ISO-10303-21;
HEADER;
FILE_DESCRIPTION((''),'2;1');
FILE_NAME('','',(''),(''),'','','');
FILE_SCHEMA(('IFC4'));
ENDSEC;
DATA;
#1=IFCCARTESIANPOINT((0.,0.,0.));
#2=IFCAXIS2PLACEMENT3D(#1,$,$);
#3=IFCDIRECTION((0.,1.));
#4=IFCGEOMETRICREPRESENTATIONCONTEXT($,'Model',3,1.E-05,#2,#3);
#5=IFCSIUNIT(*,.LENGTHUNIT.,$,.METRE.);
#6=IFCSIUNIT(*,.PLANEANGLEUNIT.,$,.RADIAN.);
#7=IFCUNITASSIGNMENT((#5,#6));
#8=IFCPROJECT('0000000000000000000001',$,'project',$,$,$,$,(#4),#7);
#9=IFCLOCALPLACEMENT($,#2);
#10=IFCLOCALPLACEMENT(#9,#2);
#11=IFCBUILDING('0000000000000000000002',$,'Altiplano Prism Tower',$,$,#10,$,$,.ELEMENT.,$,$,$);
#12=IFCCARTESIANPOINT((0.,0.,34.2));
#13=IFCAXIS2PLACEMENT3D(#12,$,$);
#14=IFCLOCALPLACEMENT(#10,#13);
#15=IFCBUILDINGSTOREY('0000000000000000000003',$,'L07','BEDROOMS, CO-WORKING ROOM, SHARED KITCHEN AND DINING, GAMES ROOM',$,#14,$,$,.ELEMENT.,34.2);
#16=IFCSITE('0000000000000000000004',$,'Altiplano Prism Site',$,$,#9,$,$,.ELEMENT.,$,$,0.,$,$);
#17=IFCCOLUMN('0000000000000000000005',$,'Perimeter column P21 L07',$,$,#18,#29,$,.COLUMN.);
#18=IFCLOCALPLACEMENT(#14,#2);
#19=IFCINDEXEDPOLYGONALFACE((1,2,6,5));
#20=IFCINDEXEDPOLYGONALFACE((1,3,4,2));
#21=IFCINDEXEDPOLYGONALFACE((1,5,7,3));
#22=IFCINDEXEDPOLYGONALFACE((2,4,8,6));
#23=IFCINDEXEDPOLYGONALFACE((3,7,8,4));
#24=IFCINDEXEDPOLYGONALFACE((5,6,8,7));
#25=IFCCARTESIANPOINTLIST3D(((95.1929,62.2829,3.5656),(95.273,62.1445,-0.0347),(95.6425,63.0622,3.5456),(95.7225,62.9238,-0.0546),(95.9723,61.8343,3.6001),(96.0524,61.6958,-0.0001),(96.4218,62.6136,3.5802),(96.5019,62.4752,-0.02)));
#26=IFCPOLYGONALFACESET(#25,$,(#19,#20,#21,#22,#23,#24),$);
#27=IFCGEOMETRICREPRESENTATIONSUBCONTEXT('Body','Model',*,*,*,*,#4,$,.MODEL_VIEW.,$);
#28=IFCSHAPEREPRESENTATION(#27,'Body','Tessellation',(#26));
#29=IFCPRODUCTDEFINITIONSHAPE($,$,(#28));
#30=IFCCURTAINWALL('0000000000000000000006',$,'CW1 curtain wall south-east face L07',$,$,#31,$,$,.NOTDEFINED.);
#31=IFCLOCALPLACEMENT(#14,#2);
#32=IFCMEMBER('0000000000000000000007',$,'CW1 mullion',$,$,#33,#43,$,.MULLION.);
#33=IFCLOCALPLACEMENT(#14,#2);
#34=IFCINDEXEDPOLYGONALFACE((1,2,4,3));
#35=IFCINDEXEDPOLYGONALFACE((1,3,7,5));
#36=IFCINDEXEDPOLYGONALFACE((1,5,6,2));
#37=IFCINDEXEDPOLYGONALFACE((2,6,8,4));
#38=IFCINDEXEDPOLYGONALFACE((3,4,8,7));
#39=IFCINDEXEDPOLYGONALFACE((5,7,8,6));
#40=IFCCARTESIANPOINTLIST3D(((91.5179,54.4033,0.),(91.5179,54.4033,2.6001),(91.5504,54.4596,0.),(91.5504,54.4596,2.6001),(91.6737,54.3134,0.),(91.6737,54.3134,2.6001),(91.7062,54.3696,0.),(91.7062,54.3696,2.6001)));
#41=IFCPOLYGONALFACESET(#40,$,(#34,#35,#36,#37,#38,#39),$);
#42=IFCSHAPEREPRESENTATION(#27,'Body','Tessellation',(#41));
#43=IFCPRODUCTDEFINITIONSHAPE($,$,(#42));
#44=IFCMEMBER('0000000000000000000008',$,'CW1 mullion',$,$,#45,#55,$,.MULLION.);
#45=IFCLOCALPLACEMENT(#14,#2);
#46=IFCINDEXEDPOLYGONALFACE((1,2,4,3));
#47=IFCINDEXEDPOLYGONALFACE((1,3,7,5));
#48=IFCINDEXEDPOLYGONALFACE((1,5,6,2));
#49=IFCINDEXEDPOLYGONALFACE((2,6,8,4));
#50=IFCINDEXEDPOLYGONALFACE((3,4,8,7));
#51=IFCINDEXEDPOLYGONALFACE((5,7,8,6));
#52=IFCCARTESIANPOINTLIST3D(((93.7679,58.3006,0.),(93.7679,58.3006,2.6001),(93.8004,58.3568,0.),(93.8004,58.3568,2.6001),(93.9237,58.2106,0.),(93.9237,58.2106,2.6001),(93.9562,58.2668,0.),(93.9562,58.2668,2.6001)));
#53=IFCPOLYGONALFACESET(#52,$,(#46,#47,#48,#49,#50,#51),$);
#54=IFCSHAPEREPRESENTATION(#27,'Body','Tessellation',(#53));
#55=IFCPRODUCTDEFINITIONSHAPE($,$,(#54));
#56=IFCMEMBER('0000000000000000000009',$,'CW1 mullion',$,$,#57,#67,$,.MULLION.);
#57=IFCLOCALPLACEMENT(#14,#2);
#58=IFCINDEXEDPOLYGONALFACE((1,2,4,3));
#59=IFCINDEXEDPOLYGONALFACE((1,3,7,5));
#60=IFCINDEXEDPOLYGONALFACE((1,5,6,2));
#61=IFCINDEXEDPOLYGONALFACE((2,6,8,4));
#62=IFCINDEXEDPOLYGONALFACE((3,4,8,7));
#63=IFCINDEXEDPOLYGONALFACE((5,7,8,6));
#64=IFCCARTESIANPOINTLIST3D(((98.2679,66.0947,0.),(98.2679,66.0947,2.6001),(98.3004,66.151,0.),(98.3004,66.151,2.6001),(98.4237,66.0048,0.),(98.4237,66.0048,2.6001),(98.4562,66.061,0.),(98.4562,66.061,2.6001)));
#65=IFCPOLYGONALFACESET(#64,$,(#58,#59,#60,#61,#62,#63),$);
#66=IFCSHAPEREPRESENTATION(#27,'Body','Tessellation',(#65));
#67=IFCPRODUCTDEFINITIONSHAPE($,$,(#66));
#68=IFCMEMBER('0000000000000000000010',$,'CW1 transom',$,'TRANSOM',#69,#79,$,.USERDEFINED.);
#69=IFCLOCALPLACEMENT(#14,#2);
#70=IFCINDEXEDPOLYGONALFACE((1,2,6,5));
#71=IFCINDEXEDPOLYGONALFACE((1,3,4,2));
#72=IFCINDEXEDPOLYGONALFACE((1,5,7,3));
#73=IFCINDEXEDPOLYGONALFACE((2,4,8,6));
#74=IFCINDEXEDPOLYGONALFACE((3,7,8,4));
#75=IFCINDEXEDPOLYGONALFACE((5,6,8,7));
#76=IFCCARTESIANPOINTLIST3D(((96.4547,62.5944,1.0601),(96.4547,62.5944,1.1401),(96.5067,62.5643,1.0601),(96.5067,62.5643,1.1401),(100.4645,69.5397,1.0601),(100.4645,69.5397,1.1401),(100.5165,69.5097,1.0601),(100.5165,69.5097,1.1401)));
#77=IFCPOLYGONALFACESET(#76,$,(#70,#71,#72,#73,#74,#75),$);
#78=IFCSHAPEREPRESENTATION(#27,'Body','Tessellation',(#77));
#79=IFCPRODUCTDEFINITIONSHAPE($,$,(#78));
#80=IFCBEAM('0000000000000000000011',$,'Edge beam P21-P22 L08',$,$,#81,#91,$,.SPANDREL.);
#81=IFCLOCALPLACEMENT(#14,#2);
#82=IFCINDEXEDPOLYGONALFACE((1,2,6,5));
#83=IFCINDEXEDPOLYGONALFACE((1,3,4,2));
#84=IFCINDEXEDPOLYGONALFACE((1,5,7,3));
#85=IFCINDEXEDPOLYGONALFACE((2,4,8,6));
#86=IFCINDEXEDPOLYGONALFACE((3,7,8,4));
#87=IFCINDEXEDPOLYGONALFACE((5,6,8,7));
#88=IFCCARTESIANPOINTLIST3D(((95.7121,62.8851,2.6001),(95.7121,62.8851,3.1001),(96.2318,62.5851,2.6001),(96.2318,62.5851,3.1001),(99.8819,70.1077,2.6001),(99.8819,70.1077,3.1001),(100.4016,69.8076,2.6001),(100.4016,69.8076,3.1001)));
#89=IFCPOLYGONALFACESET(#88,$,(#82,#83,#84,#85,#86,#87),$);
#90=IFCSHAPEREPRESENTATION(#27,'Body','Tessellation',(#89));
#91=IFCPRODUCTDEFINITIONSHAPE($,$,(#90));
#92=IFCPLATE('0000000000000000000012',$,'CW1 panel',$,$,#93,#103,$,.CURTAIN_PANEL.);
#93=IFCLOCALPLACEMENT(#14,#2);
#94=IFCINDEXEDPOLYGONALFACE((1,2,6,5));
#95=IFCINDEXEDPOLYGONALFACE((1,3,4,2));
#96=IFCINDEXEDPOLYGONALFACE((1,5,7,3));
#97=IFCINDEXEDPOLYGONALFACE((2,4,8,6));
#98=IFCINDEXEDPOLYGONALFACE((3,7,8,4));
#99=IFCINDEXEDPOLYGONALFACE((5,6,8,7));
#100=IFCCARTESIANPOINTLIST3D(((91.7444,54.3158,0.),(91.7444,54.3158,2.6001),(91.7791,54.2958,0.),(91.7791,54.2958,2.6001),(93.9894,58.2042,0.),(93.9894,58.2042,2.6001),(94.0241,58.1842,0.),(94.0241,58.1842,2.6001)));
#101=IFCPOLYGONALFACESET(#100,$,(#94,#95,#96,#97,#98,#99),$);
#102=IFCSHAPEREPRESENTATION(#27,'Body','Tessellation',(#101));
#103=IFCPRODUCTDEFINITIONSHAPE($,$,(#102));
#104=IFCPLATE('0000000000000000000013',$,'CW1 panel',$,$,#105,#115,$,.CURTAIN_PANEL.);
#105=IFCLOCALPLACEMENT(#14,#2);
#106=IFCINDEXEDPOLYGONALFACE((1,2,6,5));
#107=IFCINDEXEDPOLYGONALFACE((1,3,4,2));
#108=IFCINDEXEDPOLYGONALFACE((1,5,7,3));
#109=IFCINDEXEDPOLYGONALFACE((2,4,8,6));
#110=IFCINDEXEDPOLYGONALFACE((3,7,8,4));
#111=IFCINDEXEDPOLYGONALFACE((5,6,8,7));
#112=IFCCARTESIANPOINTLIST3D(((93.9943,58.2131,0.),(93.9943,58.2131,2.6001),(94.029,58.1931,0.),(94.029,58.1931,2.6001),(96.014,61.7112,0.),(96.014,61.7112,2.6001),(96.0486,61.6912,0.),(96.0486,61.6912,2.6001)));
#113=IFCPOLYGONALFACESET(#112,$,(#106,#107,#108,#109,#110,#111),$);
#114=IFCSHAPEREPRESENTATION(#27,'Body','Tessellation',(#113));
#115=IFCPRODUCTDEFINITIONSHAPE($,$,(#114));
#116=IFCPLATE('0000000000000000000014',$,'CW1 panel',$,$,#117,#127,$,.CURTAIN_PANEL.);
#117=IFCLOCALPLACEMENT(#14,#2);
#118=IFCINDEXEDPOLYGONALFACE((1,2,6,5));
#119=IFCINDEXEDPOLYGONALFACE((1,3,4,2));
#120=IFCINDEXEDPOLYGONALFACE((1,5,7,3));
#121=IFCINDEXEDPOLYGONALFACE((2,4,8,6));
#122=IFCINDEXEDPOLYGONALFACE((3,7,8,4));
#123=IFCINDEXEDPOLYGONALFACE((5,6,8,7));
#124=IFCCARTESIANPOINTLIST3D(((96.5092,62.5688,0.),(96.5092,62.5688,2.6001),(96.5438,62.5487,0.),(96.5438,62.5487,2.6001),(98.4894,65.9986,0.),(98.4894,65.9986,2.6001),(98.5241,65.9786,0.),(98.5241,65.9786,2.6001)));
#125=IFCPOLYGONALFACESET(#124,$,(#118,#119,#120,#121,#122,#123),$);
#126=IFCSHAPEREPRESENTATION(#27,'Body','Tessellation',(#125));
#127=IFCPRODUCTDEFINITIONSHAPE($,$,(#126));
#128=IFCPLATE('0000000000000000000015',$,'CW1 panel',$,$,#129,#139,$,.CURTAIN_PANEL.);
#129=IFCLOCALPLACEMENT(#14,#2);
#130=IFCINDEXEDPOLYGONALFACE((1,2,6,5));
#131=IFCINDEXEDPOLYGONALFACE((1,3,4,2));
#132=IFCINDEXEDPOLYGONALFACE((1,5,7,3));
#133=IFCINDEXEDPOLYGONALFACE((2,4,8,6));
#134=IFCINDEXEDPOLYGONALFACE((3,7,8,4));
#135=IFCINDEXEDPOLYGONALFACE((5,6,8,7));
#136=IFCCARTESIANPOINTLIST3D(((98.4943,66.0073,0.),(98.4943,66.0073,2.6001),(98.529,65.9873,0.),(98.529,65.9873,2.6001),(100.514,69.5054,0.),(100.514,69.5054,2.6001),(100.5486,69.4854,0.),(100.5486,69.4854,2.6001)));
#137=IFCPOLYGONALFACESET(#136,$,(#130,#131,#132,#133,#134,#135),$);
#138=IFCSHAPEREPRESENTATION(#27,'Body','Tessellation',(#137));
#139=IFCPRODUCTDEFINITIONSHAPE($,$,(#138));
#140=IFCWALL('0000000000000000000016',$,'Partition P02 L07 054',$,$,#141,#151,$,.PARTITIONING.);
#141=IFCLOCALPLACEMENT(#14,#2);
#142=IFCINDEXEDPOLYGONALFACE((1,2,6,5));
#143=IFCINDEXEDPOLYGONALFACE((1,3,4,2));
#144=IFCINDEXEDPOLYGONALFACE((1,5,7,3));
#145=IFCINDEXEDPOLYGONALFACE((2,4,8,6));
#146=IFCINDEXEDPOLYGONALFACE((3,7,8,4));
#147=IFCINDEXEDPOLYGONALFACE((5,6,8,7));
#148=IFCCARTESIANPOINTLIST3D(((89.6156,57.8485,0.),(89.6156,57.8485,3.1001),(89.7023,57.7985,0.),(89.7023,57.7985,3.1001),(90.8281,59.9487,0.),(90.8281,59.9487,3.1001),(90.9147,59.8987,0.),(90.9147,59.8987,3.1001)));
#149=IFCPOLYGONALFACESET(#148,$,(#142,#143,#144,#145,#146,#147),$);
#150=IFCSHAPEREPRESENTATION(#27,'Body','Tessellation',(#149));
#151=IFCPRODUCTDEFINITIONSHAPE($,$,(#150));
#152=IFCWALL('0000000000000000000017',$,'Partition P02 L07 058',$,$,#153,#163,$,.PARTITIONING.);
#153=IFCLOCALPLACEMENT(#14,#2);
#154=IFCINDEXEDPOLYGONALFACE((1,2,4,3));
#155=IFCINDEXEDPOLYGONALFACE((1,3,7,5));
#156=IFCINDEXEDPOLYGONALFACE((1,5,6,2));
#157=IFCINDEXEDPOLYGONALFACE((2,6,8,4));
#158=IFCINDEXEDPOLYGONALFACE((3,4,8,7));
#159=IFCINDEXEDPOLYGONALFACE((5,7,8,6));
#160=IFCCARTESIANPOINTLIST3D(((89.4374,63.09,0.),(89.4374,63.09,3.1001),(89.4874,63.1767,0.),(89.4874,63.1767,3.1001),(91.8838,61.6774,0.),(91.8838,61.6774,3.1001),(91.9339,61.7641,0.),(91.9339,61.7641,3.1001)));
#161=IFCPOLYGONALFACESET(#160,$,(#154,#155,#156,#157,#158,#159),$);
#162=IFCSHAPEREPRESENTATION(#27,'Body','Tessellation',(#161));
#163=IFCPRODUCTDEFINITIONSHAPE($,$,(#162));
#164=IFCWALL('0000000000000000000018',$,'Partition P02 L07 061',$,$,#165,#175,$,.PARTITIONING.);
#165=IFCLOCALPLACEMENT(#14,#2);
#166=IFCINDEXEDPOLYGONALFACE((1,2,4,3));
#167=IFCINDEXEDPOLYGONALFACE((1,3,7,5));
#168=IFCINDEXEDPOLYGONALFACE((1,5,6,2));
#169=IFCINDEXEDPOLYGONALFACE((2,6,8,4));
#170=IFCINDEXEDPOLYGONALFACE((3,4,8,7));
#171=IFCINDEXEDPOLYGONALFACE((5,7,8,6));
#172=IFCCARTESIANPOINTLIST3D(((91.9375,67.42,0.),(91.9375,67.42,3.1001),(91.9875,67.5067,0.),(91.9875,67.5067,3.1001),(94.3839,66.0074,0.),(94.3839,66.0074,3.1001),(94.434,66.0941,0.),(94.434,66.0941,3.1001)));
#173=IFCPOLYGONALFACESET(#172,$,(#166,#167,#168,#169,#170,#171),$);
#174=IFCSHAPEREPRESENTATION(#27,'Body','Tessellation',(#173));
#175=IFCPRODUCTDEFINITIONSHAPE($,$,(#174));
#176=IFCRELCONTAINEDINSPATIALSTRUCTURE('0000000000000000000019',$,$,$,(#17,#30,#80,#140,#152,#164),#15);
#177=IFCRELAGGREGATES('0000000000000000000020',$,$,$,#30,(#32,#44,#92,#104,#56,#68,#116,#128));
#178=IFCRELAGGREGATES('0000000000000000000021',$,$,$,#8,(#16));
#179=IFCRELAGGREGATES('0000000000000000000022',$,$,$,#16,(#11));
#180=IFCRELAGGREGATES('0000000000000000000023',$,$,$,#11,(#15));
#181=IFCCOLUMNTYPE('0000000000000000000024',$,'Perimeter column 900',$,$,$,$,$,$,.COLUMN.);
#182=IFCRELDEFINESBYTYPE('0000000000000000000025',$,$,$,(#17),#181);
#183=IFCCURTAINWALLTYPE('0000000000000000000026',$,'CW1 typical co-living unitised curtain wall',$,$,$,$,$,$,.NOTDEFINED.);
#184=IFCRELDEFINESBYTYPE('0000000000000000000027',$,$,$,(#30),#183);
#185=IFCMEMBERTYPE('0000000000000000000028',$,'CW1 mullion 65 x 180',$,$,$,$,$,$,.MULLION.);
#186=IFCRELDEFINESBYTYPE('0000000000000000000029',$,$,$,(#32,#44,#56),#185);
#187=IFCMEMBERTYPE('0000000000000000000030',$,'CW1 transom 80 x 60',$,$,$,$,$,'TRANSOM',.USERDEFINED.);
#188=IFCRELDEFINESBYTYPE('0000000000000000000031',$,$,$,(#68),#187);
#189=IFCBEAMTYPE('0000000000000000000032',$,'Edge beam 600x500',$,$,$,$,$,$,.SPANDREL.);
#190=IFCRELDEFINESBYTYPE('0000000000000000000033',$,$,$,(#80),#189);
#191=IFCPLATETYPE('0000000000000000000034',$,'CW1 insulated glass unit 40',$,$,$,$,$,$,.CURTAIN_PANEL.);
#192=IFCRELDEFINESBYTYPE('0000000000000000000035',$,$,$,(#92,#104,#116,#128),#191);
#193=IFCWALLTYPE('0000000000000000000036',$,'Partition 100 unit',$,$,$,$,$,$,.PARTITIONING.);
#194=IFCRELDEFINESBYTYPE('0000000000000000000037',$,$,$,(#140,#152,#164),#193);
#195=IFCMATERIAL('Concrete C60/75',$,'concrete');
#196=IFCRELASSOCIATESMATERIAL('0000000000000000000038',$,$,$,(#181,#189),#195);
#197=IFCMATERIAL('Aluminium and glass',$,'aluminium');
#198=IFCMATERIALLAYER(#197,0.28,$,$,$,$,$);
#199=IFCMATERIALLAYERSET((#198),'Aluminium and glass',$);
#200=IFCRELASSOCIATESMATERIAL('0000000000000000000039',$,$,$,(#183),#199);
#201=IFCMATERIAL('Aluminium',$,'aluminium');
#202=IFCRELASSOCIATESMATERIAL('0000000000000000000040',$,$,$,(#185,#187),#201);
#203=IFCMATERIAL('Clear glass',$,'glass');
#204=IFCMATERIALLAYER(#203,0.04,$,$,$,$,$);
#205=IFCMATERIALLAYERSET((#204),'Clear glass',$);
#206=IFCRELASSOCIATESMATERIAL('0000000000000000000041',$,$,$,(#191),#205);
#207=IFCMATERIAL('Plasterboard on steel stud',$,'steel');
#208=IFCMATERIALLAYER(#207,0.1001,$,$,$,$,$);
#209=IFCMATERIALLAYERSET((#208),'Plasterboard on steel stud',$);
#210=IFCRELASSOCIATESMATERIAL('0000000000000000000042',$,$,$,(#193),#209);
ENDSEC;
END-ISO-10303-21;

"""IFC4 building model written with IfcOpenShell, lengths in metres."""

from ifc_helpers import new_model, si_unit, direction, frame, frame_2d, origin, origin_2d, place, context, subcontext, project, spatial, rectangle, extrude, material, layer, layer_set, material_profile, profile_set, type_object, element, aggregate, save


model = new_model("IFC4")

# Units and contexts
model_context = context("Model", 3, precision=1e-05, world=origin(), true_north=direction((0.0, 1.0)))
body_context = subcontext(model_context, "Body", "Model", "MODEL_VIEW")
ifc_project = project(units=[si_unit("LENGTHUNIT", "METRE"), si_unit("PLANEANGLEUNIT", "RADIAN")], contexts=[model_context])

# Site, building, storey
site_placement = place(None, origin())
site = spatial("IfcSite", under=ifc_project, at=site_placement, Name="Altiplano Prism Site", CompositionType="ELEMENT", RefElevation=0.0)
building_placement = place(site_placement, origin())
building = spatial("IfcBuilding", under=site, at=building_placement, Name="Altiplano Prism Tower", CompositionType="ELEMENT")
storey_placement = place(building_placement, frame((0.0, 0.0, 34.2)))
storey = spatial("IfcBuildingStorey", under=building, at=storey_placement, Name="L07", Description="BEDROOMS, CO-WORKING ROOM, SHARED KITCHEN AND DINING, GAMES ROOM", CompositionType="ELEMENT", Elevation=34.2)

# Column
ifc_material_1 = material(Name="Concrete C60/75", Category="concrete")
ifc_material_profile_1 = material_profile(ifc_material_1, rectangle(XDim=0.8999, YDim=0.8999, at=origin_2d()), Name="Perimeter column 900")
ifc_profile_set_1 = profile_set([ifc_material_profile_1], Name="Concrete C60/75")
column_type = type_object("IfcColumnType", Name="Perimeter column 900", PredefinedType="COLUMN", material=ifc_profile_set_1)
column_placement = place(storey_placement, frame((95.8875, 62.3098, -0.0273), z_axis=(-0.022221, 0.038413, 0.999015), x_axis=(-0.499508, -0.866025, 0.022189)))
element("IfcColumn", 1, at=column_placement, inside=storey, type_object=column_type, Name="Perimeter column P21 L07", PredefinedType="COLUMN", context=body_context, shape_type="SweptSolid", body=[
    extrude(rectangle(XDim=0.8999, YDim=0.8999, at=origin_2d()), origin(), (0.0, 0.0, 1.0), 3.6038),
])

# Curtain wall, members
ifc_material_2 = material(Name="Aluminium and glass", Category="aluminium")
ifc_layer_1 = layer(ifc_material_2, 0.28)
ifc_layer_set_1 = layer_set([ifc_layer_1], Name="Aluminium and glass")
curtain_wall_type = type_object("IfcCurtainWallType", Name="CW1 typical co-living unitised curtain wall", PredefinedType="NOTDEFINED", material=ifc_layer_set_1)
curtain_wall_placement = place(storey_placement, origin())
curtain_wall = element("IfcCurtainWall", 2, at=curtain_wall_placement, inside=storey, type_object=curtain_wall_type, Name="CW1 curtain wall south-east face L07", PredefinedType="NOTDEFINED")
ifc_material_3 = material(Name="Aluminium", Category="aluminium")
ifc_material_profile_2 = material_profile(ifc_material_3, rectangle(XDim=0.1799, YDim=0.0649, at=origin_2d()), Name="CW1 mullion 65 x 180")
ifc_profile_set_2 = profile_set([ifc_material_profile_2], Name="Aluminium")
member_type_1 = type_object("IfcMemberType", Name="CW1 mullion 65 x 180", PredefinedType="MULLION", material=ifc_profile_set_2)
member_1_placement = place(storey_placement, frame((91.6121, 54.3865, 0.0), z_axis=(0.0, 0.0, 1.0), x_axis=(-0.866025, 0.5, 0.0)))
member_1 = element("IfcMember", 3, at=member_1_placement, type_object=member_type_1, Name="CW1 mullion", PredefinedType="MULLION", context=body_context, shape_type="SweptSolid", body=[
    extrude(rectangle(XDim=0.1799, YDim=0.0649, at=origin_2d()), origin(), (0.0, 0.0, 1.0), 2.6001),
])
member_2_placement = place(storey_placement, frame((93.8621, 58.2837, 0.0), z_axis=(0.0, 0.0, 1.0), x_axis=(-0.866025, 0.5, 0.0)))
member_2 = element("IfcMember", 4, at=member_2_placement, type_object=member_type_1, Name="CW1 mullion", PredefinedType="MULLION", context=body_context, shape_type="SweptSolid", body=[
    extrude(rectangle(XDim=0.1799, YDim=0.0649, at=origin_2d()), origin(), (0.0, 0.0, 1.0), 2.6001),
])
member_3_placement = place(storey_placement, frame((98.3621, 66.0779, 0.0), z_axis=(0.0, 0.0, 1.0), x_axis=(-0.866025, 0.5, 0.0)))
member_3 = element("IfcMember", 5, at=member_3_placement, type_object=member_type_1, Name="CW1 mullion", PredefinedType="MULLION", context=body_context, shape_type="SweptSolid", body=[
    extrude(rectangle(XDim=0.1799, YDim=0.0649, at=origin_2d()), origin(), (0.0, 0.0, 1.0), 2.6001),
])
ifc_material_profile_3 = material_profile(ifc_material_3, rectangle(XDim=0.0601, YDim=0.0801, at=origin_2d()), Name="CW1 transom 80 x 60")
ifc_profile_set_3 = profile_set([ifc_material_profile_3], Name="Aluminium")
member_type_2 = type_object("IfcMemberType", Name="CW1 transom 80 x 60", ElementType="TRANSOM", PredefinedType="USERDEFINED", material=ifc_profile_set_3)
member_4_placement = place(storey_placement, frame((96.4807, 62.5793, 1.1001), z_axis=(0.499989, 0.866031, 0.0), x_axis=(-0.866031, 0.499989, 0.0)))
member_4 = element("IfcMember", 6, at=member_4_placement, type_object=member_type_2, Name="CW1 transom", ObjectType="TRANSOM", PredefinedType="USERDEFINED", context=body_context, shape_type="SweptSolid", body=[
    extrude(rectangle(XDim=0.0601, YDim=0.0801, at=origin_2d()), origin(), (0.0, 0.0, 1.0), 8.0198),
])

# Beam
ifc_material_profile_4 = material_profile(ifc_material_1, rectangle(XDim=0.6001, YDim=0.5, at=origin_2d()), Name="Edge beam 600x500")
ifc_profile_set_4 = profile_set([ifc_material_profile_4], Name="Concrete C60/75")
beam_type = type_object("IfcBeamType", Name="Edge beam 600x500", PredefinedType="SPANDREL", material=ifc_profile_set_4)
beam_placement = place(storey_placement, frame((95.9719, 62.7351, 2.8501), z_axis=(0.499993, 0.86603, 0.0), x_axis=(-0.86603, 0.499993, 0.0)))
element("IfcBeam", 7, at=beam_placement, inside=storey, type_object=beam_type, Name="Edge beam P21-P22 L08", PredefinedType="SPANDREL", context=body_context, shape_type="SweptSolid", body=[
    extrude(rectangle(XDim=0.6001, YDim=0.5, at=origin_2d()), origin(), (0.0, 0.0, 1.0), 8.3398),
])

# Plates
ifc_material_4 = material(Name="Clear glass", Category="glass")
ifc_layer_2 = layer(ifc_material_4, 0.04)
ifc_layer_set_2 = layer_set([ifc_layer_2], Name="Clear glass")
plate_type = type_object("IfcPlateType", Name="CW1 insulated glass unit 40", PredefinedType="CURTAIN_PANEL", material=ifc_layer_set_2)
plate_1_placement = place(storey_placement, frame((92.8843, 56.25, 0.0), z_axis=(0.0, 0.0, 1.0), x_axis=(0.5, 0.866025, 0.0)))
plate_1 = element("IfcPlate", 8, at=plate_1_placement, type_object=plate_type, Name="CW1 panel", PredefinedType="CURTAIN_PANEL", context=body_context, shape_type="SweptSolid", body=[
    extrude(rectangle(XDim=4.49, YDim=0.04, at=origin_2d()), origin(), (0.0, 0.0, 1.0), 2.6001),
])
plate_2_placement = place(storey_placement, frame((95.0215, 59.9521, 0.0), z_axis=(0.0, 0.0, 1.0), x_axis=(0.5, 0.866025, 0.0)))
plate_2 = element("IfcPlate", 9, at=plate_2_placement, type_object=plate_type, Name="CW1 panel", PredefinedType="CURTAIN_PANEL", context=body_context, shape_type="SweptSolid", body=[
    extrude(rectangle(XDim=4.0393, YDim=0.04, at=origin_2d()), origin(), (0.0, 0.0, 1.0), 2.6001),
])
plate_3_placement = place(storey_placement, frame((97.5166, 64.2737, 0.0), z_axis=(0.0, 0.0, 1.0), x_axis=(0.5, 0.866025, 0.0)))
plate_3 = element("IfcPlate", 10, at=plate_3_placement, type_object=plate_type, Name="CW1 panel", PredefinedType="CURTAIN_PANEL", context=body_context, shape_type="SweptSolid", body=[
    extrude(rectangle(XDim=3.9604, YDim=0.04, at=origin_2d()), origin(), (0.0, 0.0, 1.0), 2.6001),
])
plate_4_placement = place(storey_placement, frame((99.5215, 67.7463, 0.0), z_axis=(0.0, 0.0, 1.0), x_axis=(0.5, 0.866025, 0.0)))
plate_4 = element("IfcPlate", 11, at=plate_4_placement, type_object=plate_type, Name="CW1 panel", PredefinedType="CURTAIN_PANEL", context=body_context, shape_type="SweptSolid", body=[
    extrude(rectangle(XDim=4.0393, YDim=0.04, at=origin_2d()), origin(), (0.0, 0.0, 1.0), 2.6001),
])
aggregate(curtain_wall, [member_1, member_2, plate_1, plate_2, member_3, member_4, plate_3, plate_4])

# Walls
ifc_material_5 = material(Name="Plasterboard on steel stud", Category="steel")
ifc_layer_3 = layer(ifc_material_5, 0.1001)
ifc_layer_set_3 = layer_set([ifc_layer_3], Name="Plasterboard on steel stud")
wall_type_1 = type_object("IfcWallType", Name="Partition 100 unit", PredefinedType="PARTITIONING", material=ifc_layer_set_3)
wall_1_placement = place(storey_placement, frame((90.8713, 59.9236, 0.0), z_axis=(0.0, 0.0, 1.0), x_axis=(-0.499972, -0.866041, 0.0)))
element("IfcWall", 12, at=wall_1_placement, inside=storey, type_object=wall_type_1, Name="Partition P02 L07 054", PredefinedType="PARTITIONING", context=body_context, shape_type="SweptSolid", body=[
    extrude(rectangle(XDim=2.425, YDim=0.1001, at=frame_2d((1.2124, 0.0))), origin(), (0.0, 0.0, 1.0), 3.1001),
])
for number, where, z_axis, x_axis, name in (
    (13, (91.9089, 61.7207, 0.0), (0.0, 0.0, 1.0), (-0.866011, 0.500024, 0.0), "Partition P02 L07 058"),
    (14, (91.9624, 67.4634, 0.0), (0.0, 0.0, 1.0), (0.866011, -0.500024, 0.0), "Partition P02 L07 061"),
):
    element("IfcWall", number, at=place(storey_placement, frame(where, z_axis=z_axis, x_axis=x_axis)), inside=storey, type_object=wall_type_1, Name=name, PredefinedType="PARTITIONING", context=body_context, shape_type="SweptSolid", body=[
        extrude(rectangle(XDim=2.825, YDim=0.1001, at=frame_2d((1.4126, 0.0))), origin(), (0.0, 0.0, 1.0), 3.1001),
    ])

save(model, "model.ifc")
